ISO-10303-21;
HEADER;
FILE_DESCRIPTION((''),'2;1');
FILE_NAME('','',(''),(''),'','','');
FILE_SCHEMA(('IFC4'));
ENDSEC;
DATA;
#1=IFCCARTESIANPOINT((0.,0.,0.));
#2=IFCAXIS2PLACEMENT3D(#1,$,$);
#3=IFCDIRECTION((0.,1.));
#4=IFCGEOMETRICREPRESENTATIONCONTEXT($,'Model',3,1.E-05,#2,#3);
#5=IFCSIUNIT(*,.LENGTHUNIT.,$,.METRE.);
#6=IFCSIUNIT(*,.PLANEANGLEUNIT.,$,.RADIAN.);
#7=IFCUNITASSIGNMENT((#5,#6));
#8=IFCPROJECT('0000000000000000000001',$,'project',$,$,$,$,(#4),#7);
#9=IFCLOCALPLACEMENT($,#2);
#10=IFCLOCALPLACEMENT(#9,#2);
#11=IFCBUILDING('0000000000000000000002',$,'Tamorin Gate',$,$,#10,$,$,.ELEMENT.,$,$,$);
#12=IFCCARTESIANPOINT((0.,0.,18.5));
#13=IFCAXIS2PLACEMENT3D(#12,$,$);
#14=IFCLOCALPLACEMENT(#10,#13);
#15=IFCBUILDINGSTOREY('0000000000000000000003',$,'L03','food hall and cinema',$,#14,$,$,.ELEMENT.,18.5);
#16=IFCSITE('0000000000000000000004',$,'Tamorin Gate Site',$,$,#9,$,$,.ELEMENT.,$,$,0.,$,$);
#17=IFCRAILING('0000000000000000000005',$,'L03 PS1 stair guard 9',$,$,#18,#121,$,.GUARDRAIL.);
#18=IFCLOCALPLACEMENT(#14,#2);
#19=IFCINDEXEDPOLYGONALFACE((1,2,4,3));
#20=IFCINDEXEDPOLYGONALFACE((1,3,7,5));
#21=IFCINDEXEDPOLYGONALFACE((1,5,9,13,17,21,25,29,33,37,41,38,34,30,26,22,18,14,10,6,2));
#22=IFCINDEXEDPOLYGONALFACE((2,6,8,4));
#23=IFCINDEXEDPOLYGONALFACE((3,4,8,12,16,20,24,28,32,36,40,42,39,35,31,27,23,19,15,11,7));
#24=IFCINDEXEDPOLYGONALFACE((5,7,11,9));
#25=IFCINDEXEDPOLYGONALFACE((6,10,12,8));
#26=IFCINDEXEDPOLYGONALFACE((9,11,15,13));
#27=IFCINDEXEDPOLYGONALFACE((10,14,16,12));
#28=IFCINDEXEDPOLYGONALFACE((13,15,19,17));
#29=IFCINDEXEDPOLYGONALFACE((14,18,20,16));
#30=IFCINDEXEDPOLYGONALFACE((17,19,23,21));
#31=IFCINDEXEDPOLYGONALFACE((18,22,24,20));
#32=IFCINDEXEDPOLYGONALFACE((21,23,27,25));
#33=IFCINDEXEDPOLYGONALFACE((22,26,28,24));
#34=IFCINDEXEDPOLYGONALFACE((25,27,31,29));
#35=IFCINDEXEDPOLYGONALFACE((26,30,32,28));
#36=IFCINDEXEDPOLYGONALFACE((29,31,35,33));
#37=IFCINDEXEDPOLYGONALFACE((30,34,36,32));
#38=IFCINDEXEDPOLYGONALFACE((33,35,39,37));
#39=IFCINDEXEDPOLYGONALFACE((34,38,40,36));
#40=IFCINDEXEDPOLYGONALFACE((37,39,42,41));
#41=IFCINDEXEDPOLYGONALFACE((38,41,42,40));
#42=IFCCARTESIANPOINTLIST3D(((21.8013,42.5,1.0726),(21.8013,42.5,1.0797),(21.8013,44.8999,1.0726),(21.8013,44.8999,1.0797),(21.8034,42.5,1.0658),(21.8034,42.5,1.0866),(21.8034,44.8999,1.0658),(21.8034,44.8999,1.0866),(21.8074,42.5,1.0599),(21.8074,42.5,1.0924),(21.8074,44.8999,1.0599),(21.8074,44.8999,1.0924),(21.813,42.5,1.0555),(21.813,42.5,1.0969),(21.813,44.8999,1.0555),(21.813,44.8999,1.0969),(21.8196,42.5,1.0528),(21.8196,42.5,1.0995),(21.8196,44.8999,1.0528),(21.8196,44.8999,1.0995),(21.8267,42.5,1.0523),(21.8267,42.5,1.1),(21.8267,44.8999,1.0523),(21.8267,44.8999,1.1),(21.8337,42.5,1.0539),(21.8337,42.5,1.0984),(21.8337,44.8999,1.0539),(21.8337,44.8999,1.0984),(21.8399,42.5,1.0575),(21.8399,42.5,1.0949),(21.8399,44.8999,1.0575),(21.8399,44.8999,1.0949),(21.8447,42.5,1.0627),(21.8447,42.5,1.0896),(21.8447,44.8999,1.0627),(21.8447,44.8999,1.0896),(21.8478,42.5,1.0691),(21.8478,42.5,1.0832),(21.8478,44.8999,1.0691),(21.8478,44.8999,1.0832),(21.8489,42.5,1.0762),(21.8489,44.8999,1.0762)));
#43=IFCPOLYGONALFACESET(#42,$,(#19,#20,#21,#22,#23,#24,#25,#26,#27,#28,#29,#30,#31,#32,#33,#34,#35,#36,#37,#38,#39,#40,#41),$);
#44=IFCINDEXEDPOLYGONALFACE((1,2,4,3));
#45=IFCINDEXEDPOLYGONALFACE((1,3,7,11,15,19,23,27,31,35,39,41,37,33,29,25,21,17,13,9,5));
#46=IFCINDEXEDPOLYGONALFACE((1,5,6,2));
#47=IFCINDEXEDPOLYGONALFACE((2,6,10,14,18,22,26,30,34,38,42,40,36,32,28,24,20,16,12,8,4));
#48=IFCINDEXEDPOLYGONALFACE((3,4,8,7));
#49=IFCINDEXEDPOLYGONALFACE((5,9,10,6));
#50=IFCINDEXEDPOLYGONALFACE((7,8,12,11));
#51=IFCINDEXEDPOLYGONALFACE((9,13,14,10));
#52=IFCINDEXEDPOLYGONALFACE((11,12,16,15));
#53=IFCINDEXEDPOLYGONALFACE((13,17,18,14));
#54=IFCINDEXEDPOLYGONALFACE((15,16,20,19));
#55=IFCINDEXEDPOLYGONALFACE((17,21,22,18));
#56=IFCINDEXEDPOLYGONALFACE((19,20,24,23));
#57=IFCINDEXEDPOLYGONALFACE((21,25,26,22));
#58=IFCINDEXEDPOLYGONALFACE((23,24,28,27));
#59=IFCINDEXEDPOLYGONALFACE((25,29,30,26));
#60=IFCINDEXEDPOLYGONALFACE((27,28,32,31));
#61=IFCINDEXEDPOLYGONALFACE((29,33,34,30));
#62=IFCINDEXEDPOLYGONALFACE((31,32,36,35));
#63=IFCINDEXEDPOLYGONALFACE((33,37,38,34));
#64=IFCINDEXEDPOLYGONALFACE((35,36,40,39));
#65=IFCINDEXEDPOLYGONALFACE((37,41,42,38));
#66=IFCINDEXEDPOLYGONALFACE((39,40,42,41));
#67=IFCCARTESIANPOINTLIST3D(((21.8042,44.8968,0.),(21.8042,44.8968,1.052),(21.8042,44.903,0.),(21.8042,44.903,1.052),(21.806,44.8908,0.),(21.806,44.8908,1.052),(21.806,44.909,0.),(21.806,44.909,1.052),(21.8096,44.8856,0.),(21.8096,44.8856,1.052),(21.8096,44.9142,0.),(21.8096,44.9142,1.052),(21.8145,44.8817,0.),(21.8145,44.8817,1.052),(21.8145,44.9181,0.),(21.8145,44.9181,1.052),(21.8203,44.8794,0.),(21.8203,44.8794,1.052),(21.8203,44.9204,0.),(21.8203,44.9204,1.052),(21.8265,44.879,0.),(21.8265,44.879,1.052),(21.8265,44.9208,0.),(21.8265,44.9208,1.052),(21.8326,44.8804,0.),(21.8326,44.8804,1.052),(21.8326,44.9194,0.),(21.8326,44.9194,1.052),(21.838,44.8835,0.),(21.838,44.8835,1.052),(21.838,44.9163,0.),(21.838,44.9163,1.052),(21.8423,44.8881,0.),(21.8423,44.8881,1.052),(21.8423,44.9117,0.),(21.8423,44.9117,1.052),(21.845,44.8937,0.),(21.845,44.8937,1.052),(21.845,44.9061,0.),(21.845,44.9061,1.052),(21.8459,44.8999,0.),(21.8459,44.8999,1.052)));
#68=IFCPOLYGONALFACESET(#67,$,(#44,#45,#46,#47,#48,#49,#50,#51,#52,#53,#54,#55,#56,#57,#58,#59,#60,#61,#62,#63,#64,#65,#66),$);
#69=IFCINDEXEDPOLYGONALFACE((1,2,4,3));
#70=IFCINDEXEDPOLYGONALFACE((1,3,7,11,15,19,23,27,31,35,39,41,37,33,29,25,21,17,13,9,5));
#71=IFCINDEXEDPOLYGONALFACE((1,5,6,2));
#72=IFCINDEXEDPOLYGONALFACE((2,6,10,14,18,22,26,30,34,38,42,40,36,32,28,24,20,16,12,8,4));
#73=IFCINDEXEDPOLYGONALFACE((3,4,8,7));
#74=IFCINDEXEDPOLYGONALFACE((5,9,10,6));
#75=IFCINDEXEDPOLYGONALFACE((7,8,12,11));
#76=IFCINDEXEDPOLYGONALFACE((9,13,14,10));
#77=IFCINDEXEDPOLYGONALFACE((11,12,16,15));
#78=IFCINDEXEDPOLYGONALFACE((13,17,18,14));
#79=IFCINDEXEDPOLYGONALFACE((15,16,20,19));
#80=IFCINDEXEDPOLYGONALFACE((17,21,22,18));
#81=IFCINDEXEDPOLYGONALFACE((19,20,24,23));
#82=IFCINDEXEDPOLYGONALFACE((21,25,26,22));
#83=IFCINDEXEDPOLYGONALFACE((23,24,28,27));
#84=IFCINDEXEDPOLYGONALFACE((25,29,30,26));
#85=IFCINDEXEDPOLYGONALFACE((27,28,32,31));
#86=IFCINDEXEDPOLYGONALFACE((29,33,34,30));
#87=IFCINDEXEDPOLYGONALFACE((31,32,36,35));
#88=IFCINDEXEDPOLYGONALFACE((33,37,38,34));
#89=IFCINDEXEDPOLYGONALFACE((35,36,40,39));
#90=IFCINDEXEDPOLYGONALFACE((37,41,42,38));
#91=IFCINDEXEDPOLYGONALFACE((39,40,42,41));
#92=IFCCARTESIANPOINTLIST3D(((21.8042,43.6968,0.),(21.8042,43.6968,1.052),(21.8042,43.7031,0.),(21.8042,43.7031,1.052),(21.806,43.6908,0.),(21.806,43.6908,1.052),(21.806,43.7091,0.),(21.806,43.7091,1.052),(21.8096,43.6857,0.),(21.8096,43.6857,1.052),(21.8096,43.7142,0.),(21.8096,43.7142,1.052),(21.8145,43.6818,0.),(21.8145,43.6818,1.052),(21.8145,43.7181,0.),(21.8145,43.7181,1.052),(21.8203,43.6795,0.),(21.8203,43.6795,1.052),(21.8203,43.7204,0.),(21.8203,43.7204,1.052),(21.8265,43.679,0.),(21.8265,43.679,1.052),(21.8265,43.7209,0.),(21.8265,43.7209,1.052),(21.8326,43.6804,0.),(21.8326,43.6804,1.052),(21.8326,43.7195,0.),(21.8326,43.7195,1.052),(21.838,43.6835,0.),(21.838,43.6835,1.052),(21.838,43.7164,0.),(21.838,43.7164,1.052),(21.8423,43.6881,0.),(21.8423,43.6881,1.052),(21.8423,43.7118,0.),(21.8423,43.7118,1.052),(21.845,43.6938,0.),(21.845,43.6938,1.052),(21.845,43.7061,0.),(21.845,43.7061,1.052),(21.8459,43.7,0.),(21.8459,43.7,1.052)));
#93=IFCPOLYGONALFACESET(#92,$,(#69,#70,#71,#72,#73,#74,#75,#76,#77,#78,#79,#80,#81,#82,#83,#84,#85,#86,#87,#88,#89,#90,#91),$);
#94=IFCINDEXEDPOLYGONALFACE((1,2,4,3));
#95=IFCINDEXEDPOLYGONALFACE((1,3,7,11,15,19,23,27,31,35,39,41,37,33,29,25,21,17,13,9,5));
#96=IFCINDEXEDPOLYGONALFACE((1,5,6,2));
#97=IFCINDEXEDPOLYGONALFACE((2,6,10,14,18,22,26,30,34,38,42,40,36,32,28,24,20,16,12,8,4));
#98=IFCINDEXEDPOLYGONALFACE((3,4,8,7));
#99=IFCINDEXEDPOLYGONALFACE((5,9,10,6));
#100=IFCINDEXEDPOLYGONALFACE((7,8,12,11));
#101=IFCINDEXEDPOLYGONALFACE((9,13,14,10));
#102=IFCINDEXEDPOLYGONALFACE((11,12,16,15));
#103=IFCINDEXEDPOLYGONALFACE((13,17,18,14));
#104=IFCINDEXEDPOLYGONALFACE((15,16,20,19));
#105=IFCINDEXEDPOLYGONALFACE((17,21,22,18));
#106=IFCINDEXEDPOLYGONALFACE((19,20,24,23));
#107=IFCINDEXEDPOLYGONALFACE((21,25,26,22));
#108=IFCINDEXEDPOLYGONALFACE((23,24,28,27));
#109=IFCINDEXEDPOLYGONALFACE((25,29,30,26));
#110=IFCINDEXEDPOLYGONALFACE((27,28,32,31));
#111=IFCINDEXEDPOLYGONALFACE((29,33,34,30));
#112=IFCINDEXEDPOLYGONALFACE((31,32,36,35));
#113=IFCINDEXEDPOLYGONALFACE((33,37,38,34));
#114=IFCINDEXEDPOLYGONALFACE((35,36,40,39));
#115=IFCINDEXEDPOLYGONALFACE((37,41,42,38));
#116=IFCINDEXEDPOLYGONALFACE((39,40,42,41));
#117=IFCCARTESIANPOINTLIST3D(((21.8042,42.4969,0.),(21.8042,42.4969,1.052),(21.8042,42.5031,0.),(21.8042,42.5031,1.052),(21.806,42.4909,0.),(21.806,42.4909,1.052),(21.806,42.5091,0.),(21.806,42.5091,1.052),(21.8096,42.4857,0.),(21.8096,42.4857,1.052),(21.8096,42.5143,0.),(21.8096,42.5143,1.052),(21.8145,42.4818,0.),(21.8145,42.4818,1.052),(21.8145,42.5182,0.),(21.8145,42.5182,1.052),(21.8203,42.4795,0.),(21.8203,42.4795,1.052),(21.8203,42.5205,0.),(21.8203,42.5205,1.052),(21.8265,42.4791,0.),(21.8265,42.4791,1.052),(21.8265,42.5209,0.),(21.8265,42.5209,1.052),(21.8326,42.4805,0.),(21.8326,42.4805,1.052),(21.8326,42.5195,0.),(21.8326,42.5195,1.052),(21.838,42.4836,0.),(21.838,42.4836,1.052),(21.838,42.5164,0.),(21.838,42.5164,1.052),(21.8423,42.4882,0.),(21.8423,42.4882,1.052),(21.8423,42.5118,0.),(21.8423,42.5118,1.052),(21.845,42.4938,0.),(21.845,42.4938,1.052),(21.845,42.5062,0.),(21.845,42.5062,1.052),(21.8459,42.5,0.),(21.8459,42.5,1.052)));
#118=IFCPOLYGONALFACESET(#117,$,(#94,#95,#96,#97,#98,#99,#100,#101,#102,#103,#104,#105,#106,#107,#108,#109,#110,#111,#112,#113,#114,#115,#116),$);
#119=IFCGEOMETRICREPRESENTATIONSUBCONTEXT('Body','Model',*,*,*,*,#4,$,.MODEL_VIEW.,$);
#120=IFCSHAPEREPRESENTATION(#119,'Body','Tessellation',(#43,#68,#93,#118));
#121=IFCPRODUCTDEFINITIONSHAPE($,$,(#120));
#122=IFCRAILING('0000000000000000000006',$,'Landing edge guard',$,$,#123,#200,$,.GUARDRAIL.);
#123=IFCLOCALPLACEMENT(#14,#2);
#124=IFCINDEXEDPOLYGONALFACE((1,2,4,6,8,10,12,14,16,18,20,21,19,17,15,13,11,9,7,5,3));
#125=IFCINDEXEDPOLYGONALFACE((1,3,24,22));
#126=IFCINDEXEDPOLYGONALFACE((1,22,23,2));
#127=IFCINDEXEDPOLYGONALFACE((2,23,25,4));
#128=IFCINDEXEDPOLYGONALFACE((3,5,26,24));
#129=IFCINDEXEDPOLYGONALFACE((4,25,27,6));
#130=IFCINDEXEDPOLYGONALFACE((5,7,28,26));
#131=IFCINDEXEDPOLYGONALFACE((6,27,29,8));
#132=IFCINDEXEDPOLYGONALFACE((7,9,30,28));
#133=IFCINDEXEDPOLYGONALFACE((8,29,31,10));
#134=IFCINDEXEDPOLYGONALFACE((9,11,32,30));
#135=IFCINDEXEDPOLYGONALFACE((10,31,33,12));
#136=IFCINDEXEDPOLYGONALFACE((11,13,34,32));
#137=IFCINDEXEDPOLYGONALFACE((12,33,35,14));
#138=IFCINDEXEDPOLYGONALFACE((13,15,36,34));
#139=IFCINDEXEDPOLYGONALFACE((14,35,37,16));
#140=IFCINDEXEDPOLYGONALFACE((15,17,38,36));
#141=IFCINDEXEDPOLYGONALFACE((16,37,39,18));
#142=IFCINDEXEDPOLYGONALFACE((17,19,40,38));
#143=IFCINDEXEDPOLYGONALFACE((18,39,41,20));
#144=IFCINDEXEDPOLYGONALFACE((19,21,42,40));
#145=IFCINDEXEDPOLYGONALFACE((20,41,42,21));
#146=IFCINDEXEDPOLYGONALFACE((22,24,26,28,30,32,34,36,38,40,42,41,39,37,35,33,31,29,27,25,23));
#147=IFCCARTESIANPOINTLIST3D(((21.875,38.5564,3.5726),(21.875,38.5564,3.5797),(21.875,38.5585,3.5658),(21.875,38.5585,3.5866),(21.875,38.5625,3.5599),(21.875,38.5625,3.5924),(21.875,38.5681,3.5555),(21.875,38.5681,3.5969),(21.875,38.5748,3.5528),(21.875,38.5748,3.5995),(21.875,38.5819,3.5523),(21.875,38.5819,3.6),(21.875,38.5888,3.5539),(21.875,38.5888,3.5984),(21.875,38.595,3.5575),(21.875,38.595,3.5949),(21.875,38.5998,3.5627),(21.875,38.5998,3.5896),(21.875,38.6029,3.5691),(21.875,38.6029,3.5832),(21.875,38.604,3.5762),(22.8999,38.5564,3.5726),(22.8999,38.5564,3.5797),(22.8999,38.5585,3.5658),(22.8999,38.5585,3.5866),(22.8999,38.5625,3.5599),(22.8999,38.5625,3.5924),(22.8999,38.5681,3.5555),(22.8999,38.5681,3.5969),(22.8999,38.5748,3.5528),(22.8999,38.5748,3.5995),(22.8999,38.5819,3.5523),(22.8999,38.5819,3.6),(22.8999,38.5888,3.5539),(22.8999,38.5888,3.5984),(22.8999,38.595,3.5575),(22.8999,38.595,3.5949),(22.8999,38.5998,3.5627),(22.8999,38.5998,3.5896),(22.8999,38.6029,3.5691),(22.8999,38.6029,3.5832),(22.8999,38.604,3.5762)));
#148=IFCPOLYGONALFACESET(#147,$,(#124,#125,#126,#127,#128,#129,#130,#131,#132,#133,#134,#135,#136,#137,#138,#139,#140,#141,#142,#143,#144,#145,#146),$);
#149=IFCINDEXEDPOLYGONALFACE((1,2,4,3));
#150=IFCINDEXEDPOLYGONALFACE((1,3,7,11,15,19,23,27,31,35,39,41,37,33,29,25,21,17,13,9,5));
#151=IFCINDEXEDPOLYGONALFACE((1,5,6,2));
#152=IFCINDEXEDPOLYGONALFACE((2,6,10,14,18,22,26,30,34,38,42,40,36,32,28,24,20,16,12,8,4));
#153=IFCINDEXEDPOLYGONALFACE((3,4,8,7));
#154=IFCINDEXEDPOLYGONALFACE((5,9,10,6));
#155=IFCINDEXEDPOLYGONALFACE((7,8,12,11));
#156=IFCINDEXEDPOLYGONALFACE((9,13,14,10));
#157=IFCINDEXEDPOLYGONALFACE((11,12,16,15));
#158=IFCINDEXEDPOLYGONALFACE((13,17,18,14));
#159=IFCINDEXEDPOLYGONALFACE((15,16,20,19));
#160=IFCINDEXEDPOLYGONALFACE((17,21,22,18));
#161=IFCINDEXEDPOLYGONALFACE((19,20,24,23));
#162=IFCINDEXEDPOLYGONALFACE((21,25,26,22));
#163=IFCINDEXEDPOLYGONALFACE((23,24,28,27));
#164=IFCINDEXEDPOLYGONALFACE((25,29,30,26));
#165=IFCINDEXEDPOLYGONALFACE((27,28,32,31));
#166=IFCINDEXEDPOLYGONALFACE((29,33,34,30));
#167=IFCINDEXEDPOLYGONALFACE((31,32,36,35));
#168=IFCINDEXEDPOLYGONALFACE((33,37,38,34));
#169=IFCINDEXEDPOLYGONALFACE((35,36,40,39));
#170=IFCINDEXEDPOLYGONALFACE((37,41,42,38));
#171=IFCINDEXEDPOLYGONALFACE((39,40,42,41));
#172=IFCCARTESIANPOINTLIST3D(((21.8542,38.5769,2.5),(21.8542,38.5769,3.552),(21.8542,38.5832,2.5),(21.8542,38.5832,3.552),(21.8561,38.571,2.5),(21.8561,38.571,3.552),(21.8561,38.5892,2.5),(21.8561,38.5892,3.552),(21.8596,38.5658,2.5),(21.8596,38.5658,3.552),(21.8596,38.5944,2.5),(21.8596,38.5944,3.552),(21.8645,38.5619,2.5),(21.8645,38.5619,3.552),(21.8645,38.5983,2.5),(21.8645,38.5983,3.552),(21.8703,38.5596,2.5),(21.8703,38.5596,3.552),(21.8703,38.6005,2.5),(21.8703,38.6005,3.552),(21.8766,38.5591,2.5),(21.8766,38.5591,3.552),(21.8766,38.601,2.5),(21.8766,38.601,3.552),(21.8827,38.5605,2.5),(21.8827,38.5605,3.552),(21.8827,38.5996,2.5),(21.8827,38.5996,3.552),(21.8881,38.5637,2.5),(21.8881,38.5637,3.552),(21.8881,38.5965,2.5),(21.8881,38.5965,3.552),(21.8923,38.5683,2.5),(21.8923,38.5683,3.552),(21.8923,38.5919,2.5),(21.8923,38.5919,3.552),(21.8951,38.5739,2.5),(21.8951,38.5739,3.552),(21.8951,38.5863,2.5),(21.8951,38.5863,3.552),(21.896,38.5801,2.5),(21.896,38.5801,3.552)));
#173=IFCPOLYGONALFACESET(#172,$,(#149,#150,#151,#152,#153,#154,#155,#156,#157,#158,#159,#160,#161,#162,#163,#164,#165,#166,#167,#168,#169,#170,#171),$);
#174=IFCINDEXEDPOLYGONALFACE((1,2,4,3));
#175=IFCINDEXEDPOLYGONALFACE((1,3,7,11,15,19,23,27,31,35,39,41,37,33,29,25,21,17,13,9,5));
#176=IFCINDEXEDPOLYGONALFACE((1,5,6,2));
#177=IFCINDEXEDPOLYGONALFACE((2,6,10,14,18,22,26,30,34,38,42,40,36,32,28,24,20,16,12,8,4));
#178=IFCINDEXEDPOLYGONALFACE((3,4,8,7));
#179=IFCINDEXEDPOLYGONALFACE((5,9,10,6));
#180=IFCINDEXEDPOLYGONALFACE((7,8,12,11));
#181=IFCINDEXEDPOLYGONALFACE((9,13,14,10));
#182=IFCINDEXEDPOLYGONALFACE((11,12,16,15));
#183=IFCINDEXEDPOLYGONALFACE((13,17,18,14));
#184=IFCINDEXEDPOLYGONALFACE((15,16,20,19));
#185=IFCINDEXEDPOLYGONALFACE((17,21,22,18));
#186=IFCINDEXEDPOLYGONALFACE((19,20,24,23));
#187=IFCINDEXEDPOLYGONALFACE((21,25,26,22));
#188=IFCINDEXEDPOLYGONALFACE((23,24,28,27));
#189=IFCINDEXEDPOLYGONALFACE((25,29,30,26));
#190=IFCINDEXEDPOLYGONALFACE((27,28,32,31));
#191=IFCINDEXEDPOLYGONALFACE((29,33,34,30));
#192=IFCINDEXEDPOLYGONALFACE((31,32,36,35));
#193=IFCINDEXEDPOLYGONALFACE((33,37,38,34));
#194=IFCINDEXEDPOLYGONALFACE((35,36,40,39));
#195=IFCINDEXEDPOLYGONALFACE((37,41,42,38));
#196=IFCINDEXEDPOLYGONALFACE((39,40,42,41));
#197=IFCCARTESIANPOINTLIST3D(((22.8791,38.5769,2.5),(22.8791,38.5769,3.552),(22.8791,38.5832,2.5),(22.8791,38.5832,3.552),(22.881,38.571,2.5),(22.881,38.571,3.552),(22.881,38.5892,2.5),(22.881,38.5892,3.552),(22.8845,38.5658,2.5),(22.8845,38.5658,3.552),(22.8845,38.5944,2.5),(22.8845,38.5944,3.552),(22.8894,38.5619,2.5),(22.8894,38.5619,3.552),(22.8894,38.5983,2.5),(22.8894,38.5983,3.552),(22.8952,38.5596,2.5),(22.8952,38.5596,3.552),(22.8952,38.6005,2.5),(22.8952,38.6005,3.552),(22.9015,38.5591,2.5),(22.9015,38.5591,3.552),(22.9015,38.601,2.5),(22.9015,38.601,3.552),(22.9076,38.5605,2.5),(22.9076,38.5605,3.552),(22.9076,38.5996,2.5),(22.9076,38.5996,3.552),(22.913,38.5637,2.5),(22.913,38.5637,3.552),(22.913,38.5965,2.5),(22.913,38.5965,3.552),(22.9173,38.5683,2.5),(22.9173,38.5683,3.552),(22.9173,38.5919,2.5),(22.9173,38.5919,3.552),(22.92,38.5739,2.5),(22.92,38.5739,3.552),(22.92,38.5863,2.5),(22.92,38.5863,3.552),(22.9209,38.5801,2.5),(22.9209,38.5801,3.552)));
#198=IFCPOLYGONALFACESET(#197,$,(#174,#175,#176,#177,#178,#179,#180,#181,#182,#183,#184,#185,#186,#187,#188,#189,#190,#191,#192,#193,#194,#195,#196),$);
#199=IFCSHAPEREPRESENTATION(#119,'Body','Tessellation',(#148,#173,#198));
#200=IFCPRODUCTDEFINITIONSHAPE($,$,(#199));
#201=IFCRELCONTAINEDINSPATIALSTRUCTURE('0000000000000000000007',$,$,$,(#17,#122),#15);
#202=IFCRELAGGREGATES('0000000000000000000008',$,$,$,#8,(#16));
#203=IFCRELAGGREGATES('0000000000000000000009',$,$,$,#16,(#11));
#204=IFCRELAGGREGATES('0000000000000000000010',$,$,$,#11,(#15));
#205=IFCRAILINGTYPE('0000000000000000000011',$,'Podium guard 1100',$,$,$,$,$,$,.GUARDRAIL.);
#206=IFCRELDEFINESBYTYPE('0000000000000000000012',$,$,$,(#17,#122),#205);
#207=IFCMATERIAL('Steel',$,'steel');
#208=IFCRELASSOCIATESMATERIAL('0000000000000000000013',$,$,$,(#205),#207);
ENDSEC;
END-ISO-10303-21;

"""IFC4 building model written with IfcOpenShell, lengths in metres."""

from ifc_helpers import new_model, si_unit, direction, frame, origin, origin_2d, place, context, subcontext, project, spatial, circle, extrude, material, type_object, element, save


model = new_model("IFC4")

# Units and contexts
model_context = context("Model", 3, precision=1e-05, world=origin(), true_north=direction((0.0, 1.0)))
body_context = subcontext(model_context, "Body", "Model", "MODEL_VIEW")
ifc_project = project(units=[si_unit("LENGTHUNIT", "METRE"), si_unit("PLANEANGLEUNIT", "RADIAN")], contexts=[model_context])

# Site, building, storey
site_placement = place(None, origin())
site = spatial("IfcSite", under=ifc_project, at=site_placement, Name="Tamorin Gate Site", CompositionType="ELEMENT", RefElevation=0.0)
building_placement = place(site_placement, origin())
building = spatial("IfcBuilding", under=site, at=building_placement, Name="Tamorin Gate", CompositionType="ELEMENT")
storey_placement = place(building_placement, frame((0.0, 0.0, 18.5)))
storey = spatial("IfcBuildingStorey", under=building, at=storey_placement, Name="L03", Description="food hall and cinema", CompositionType="ELEMENT", Elevation=18.5)

# Railings
ifc_material_1 = material(Name="Steel", Category="steel")
railing_type_1 = type_object("IfcRailingType", Name="Podium guard 1100", PredefinedType="GUARDRAIL", material=ifc_material_1)
for number, where, name in (
    (1, (21.825, 44.8999, 0.0), "L03 PS1 stair guard 9"),
):
    element("IfcRailing", number, at=place(storey_placement, frame(where)), inside=storey, type_object=railing_type_1, Name=name, PredefinedType="GUARDRAIL", context=body_context, shape_type="SweptSolid", body=[
        extrude(circle(Radius=0.0239, at=origin_2d()), frame((0.0, 0.0, 1.0762), z_axis=(0.0, -1.0, 0.0), x_axis=(1.0, 0.0, 0.0)), (0.0, 0.0, 1.0), 2.3999),
        extrude(circle(Radius=0.021, at=origin_2d()), origin(), (0.0, 0.0, 1.0), 1.052),
        extrude(circle(Radius=0.021, at=origin_2d()), frame((0.0, -1.2, 0.0)), (0.0, 0.0, 1.0), 1.052),
        extrude(circle(Radius=0.021, at=origin_2d()), frame((0.0, -2.3999, 0.0)), (0.0, 0.0, 1.0), 1.052),
    ])
railing_1_placement = place(storey_placement, frame((21.875, 38.5801, 2.5)))
element("IfcRailing", 2, at=railing_1_placement, inside=storey, type_object=railing_type_1, Name="Landing edge guard", PredefinedType="GUARDRAIL", context=body_context, shape_type="SweptSolid", body=[
    extrude(circle(Radius=0.0239, at=origin_2d()), frame((0.0, 0.0, 1.0762), z_axis=(1.0, 0.0, 0.0), x_axis=(0.0, 1.0, 0.0)), (0.0, 0.0, 1.0), 1.0249),
    extrude(circle(Radius=0.021, at=origin_2d()), origin(), (0.0, 0.0, 1.0), 1.052),
    extrude(circle(Radius=0.021, at=origin_2d()), frame((1.0249, 0.0, 0.0)), (0.0, 0.0, 1.0), 1.052),
])

save(model, "model.ifc")
